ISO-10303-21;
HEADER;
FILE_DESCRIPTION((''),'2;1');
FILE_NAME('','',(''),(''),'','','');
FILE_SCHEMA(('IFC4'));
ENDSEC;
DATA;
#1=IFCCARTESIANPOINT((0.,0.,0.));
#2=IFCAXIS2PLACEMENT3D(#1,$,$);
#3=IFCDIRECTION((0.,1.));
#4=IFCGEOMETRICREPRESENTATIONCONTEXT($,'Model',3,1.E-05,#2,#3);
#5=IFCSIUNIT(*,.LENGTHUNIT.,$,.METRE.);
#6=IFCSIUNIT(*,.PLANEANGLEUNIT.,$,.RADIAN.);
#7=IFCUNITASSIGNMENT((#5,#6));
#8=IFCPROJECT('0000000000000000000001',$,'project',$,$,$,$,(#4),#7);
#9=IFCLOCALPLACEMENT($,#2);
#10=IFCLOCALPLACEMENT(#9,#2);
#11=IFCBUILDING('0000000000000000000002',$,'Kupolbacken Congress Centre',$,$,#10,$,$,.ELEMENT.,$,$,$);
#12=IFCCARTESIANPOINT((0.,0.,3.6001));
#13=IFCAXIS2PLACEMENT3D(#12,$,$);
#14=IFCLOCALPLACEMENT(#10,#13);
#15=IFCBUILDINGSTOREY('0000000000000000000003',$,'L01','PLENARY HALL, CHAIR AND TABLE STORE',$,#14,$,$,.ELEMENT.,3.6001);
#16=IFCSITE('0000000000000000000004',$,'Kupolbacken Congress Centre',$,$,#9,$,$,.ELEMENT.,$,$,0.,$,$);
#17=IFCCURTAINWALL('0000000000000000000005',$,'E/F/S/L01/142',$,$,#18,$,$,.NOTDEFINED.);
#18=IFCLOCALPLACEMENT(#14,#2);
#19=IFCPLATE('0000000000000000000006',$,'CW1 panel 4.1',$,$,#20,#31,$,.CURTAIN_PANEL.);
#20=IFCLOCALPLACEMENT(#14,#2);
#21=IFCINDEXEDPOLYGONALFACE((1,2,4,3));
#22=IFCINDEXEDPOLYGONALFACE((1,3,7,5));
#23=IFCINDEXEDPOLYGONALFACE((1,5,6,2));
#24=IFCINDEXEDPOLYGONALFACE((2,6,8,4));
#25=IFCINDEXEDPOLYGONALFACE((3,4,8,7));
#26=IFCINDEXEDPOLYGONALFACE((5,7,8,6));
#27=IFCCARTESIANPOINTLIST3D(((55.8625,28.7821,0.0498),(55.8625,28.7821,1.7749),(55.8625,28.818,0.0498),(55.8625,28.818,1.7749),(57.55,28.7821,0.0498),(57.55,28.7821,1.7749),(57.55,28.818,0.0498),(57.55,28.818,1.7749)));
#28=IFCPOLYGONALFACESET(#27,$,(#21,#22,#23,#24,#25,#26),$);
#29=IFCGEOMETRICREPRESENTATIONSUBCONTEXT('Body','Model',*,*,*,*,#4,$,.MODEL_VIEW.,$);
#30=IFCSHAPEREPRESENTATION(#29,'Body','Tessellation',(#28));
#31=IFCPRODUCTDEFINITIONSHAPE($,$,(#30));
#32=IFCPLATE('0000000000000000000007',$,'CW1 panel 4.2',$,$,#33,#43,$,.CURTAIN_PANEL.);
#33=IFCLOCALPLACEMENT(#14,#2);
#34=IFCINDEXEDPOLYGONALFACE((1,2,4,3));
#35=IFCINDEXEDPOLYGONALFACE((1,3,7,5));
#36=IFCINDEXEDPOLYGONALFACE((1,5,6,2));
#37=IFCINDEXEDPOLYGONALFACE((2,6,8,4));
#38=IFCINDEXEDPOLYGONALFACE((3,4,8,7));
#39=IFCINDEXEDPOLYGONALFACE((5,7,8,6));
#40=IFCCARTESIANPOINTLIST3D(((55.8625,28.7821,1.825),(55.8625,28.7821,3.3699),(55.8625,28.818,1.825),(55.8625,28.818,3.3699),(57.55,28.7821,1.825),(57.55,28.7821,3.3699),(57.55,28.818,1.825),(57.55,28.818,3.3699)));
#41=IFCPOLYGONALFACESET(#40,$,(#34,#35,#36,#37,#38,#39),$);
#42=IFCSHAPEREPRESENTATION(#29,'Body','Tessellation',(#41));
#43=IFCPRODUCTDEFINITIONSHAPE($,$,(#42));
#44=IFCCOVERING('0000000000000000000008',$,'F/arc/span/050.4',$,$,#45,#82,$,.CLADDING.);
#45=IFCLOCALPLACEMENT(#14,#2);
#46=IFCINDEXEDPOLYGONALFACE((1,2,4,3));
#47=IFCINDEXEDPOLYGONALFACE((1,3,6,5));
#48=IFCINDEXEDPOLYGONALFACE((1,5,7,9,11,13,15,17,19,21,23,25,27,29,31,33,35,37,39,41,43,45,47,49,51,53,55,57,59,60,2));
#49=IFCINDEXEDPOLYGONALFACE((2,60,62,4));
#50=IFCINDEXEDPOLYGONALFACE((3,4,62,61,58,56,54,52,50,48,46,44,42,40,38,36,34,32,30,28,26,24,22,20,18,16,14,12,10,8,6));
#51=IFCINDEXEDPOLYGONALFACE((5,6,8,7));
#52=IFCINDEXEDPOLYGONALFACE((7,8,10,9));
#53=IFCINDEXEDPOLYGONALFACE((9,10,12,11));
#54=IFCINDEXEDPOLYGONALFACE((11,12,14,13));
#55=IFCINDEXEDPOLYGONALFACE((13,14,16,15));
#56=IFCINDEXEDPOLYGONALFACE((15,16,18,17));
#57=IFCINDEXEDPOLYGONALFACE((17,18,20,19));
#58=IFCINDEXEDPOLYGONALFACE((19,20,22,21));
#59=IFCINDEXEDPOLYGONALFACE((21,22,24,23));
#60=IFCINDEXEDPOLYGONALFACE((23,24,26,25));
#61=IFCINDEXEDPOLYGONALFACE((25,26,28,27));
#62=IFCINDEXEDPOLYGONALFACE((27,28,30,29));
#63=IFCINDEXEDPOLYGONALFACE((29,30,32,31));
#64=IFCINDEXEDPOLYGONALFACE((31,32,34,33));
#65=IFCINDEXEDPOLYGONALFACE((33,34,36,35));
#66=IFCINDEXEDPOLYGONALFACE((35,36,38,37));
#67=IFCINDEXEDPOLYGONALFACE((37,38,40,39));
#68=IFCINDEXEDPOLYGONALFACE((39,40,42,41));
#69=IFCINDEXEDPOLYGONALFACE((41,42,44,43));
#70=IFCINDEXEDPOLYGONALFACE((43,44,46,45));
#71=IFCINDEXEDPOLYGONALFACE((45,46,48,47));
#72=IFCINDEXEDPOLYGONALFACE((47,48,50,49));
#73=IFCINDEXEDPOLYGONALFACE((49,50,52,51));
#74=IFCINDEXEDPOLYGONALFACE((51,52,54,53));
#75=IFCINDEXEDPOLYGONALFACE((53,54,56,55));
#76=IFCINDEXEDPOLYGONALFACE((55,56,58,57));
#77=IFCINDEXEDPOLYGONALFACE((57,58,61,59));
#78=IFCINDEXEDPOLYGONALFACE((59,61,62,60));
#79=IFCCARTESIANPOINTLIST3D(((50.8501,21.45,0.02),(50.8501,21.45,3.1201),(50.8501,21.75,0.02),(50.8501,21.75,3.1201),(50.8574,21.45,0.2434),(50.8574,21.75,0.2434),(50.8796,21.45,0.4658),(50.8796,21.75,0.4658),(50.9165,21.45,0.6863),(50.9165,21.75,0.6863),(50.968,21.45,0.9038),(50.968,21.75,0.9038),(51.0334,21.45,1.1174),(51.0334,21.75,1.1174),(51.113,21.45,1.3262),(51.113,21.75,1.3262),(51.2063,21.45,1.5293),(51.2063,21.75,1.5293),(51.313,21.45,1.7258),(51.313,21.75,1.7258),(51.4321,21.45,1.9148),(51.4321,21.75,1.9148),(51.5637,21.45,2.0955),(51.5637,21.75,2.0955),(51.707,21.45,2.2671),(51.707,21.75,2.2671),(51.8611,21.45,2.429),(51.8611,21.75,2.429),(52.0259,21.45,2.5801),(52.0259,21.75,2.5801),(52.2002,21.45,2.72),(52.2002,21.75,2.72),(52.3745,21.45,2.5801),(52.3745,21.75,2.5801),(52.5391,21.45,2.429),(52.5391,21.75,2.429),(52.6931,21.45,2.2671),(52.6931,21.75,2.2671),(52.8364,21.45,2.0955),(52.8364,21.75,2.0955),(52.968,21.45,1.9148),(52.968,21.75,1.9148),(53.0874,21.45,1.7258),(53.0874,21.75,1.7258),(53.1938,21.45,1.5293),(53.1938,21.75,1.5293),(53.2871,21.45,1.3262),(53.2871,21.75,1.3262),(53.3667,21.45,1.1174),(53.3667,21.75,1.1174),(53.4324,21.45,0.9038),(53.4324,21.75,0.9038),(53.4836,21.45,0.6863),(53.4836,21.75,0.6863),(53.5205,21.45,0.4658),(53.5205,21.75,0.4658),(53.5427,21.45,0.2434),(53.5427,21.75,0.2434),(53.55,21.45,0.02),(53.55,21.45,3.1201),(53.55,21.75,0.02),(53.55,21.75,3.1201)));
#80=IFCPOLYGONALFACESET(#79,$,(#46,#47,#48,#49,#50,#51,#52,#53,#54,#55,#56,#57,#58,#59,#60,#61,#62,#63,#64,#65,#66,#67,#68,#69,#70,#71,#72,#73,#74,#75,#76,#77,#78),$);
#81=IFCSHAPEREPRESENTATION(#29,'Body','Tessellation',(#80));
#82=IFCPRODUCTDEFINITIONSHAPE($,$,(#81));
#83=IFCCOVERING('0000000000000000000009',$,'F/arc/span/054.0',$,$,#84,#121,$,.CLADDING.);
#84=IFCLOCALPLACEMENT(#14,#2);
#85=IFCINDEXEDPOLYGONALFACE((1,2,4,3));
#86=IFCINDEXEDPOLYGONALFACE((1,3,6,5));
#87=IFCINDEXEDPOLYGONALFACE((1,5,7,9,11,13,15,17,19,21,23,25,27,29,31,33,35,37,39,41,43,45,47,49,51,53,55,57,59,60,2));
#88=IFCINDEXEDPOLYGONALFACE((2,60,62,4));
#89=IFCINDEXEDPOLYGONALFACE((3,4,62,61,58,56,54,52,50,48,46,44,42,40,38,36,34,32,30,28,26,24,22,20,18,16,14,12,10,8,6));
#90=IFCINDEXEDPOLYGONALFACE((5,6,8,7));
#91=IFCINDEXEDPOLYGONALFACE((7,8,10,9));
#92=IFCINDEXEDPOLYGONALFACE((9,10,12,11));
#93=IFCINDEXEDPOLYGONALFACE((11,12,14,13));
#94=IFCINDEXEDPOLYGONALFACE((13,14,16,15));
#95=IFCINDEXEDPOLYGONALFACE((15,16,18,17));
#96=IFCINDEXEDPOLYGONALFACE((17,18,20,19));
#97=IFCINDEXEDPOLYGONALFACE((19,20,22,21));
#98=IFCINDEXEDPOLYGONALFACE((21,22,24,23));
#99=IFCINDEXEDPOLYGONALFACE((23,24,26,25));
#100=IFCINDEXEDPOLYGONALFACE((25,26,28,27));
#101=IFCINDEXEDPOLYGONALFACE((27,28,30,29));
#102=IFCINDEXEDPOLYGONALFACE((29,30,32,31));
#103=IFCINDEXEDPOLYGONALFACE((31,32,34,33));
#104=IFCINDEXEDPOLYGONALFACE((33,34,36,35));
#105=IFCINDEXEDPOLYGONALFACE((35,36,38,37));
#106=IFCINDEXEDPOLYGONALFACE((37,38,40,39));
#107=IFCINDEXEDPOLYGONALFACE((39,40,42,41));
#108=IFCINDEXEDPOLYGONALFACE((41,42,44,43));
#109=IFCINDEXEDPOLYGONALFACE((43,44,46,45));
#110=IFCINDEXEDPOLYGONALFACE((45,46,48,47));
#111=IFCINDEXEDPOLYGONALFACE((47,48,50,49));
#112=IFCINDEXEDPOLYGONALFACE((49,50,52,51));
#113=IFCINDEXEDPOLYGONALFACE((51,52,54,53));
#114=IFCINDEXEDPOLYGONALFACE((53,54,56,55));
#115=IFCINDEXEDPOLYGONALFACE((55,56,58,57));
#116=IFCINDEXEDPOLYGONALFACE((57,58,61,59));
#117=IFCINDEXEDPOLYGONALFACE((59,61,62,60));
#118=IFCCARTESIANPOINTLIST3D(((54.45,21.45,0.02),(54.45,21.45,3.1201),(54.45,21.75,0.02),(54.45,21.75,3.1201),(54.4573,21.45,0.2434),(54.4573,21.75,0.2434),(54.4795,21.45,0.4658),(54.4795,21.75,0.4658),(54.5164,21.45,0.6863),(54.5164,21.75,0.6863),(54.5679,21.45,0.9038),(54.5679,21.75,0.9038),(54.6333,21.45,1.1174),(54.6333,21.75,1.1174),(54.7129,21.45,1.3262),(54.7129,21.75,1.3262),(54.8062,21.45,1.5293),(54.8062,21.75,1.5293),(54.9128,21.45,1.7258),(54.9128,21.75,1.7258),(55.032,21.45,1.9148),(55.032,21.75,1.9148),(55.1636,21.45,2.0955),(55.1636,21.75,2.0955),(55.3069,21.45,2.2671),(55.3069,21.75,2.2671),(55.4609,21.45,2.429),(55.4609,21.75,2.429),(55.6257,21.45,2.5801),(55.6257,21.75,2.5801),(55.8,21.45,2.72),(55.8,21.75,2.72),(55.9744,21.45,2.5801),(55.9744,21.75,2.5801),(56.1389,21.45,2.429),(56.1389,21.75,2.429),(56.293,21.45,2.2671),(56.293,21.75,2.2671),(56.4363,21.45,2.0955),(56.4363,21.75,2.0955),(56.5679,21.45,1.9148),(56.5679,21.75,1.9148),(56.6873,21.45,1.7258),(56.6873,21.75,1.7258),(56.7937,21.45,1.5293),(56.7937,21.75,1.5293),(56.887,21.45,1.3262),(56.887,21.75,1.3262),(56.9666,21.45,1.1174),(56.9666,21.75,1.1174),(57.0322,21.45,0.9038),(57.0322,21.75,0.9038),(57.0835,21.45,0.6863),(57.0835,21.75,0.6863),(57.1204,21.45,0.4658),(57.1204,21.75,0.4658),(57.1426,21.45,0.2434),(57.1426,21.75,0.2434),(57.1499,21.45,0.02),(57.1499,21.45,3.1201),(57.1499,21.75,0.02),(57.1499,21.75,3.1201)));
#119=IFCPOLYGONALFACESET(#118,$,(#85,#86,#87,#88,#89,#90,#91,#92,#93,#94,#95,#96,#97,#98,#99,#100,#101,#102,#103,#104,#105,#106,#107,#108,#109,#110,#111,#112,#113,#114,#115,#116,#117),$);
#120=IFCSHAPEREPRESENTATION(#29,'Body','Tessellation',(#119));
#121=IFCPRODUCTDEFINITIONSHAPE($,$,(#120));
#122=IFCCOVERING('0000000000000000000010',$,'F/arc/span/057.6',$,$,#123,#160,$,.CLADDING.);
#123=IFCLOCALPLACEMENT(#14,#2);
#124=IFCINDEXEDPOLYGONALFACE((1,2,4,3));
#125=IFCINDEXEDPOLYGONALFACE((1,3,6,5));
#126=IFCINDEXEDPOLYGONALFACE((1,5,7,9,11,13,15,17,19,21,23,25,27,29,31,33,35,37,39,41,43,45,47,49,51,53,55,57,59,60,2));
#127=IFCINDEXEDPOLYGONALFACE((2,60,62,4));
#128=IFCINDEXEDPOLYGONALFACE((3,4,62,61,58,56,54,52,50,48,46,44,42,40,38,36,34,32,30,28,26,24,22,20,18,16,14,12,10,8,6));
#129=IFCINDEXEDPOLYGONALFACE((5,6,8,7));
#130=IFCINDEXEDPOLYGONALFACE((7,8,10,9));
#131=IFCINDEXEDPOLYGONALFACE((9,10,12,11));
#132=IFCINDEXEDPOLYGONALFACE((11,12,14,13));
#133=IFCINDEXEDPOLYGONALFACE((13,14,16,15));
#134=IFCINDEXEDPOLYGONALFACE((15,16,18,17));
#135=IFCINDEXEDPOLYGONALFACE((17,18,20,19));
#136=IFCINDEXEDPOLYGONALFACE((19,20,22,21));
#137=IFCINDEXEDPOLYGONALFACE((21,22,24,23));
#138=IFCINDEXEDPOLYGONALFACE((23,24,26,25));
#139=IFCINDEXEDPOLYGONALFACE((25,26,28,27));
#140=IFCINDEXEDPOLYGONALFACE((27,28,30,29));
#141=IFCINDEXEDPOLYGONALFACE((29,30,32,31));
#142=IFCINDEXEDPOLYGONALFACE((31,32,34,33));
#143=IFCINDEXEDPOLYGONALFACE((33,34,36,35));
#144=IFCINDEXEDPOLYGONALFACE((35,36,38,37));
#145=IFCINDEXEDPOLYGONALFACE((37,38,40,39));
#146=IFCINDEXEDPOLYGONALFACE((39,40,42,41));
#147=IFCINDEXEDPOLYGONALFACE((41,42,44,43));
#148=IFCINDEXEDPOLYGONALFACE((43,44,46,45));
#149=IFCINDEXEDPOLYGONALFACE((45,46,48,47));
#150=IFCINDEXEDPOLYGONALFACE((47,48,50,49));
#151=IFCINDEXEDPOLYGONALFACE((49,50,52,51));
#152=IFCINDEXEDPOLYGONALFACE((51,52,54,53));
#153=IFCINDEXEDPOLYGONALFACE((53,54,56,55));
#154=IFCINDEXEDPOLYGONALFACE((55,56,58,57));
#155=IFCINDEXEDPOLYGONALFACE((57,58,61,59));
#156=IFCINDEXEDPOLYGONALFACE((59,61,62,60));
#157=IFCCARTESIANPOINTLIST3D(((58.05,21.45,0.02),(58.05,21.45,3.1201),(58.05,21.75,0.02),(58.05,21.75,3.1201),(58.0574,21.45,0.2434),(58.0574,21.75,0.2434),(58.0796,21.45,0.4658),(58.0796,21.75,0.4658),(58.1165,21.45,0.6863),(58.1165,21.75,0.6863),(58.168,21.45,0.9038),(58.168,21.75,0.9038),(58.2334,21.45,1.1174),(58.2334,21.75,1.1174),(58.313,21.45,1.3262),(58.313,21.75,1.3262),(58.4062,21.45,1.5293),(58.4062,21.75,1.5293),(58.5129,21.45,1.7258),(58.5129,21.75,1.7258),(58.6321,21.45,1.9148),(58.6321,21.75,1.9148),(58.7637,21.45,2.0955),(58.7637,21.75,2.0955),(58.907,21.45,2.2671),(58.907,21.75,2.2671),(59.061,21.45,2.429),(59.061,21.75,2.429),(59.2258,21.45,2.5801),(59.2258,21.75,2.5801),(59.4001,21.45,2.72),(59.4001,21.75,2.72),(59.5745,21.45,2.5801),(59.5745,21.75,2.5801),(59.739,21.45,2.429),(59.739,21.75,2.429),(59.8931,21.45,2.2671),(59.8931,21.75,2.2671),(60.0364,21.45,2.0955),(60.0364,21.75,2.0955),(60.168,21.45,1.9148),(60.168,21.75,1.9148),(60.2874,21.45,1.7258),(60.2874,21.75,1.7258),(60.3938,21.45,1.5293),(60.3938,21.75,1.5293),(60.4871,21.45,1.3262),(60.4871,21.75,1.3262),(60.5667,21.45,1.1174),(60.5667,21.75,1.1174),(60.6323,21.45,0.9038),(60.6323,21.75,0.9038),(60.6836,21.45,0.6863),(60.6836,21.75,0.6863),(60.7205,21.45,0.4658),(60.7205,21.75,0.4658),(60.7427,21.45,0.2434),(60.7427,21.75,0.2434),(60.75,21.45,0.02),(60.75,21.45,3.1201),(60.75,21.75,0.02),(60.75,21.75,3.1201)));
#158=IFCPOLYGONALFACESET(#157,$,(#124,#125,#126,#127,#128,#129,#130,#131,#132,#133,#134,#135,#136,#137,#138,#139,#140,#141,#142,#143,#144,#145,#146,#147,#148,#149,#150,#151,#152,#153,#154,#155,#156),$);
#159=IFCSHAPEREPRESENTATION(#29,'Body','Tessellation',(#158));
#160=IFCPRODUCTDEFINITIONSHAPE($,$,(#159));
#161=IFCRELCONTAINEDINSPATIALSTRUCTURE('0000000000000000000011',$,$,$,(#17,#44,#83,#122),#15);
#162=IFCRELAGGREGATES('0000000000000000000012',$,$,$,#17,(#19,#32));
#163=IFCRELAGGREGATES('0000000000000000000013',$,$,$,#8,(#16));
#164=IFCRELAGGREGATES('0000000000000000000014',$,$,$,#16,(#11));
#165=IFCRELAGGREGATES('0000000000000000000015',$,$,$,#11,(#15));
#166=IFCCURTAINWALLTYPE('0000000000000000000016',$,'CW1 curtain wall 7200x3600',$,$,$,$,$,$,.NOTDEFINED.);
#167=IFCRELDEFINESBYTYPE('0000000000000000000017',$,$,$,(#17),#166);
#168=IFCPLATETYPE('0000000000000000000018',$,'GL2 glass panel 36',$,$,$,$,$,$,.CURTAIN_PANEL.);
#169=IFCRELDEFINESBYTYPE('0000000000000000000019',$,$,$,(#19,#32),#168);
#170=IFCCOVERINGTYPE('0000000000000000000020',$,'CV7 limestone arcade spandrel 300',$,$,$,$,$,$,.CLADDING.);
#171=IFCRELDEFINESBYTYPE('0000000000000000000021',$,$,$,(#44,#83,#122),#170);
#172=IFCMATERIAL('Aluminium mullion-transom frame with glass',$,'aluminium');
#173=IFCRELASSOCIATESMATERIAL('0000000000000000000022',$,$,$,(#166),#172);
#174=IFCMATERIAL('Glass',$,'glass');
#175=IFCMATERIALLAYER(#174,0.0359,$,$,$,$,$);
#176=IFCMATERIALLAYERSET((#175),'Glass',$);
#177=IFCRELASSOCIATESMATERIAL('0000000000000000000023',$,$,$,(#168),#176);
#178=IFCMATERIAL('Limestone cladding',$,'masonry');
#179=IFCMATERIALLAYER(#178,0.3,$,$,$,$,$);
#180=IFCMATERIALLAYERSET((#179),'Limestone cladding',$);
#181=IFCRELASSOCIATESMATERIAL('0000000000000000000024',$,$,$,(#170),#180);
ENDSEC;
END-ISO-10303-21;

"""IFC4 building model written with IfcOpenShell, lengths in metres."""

from ifc_helpers import new_model, si_unit, direction, frame, origin, origin_2d, place, context, subcontext, project, spatial, polyline, rectangle, outline, extrude, material, layer, layer_set, type_object, element, aggregate, save


model = new_model("IFC4")

# Units and contexts
model_context = context("Model", 3, precision=1e-05, world=origin(), true_north=direction((0.0, 1.0)))
body_context = subcontext(model_context, "Body", "Model", "MODEL_VIEW")
ifc_project = project(units=[si_unit("LENGTHUNIT", "METRE"), si_unit("PLANEANGLEUNIT", "RADIAN")], contexts=[model_context])

# Site, building, storey
site_placement = place(None, origin())
site = spatial("IfcSite", under=ifc_project, at=site_placement, Name="Kupolbacken Congress Centre", CompositionType="ELEMENT", RefElevation=0.0)
building_placement = place(site_placement, origin())
building = spatial("IfcBuilding", under=site, at=building_placement, Name="Kupolbacken Congress Centre", CompositionType="ELEMENT")
storey_placement = place(building_placement, frame((0.0, 0.0, 3.6001)))
storey = spatial("IfcBuildingStorey", under=building, at=storey_placement, Name="L01", Description="PLENARY HALL, CHAIR AND TABLE STORE", CompositionType="ELEMENT", Elevation=3.6001)

# Curtain wall, plates
ifc_material_1 = material(Name="Aluminium mullion-transom frame with glass", Category="aluminium")
curtain_wall_type = type_object("IfcCurtainWallType", Name="CW1 curtain wall 7200x3600", PredefinedType="NOTDEFINED", material=ifc_material_1)
curtain_wall_placement = place(storey_placement, origin())
curtain_wall = element("IfcCurtainWall", 1, at=curtain_wall_placement, inside=storey, type_object=curtain_wall_type, Name="E/F/S/L01/142", PredefinedType="NOTDEFINED")
ifc_material_2 = material(Name="Glass", Category="glass")
ifc_layer_1 = layer(ifc_material_2, 0.0359)
ifc_layer_set_1 = layer_set([ifc_layer_1], Name="Glass")
plate_type = type_object("IfcPlateType", Name="GL2 glass panel 36", PredefinedType="CURTAIN_PANEL", material=ifc_layer_set_1)
plate_1_placement = place(storey_placement, frame((56.7063, 28.8, 0.0498), z_axis=(0.0, 0.0, 1.0), x_axis=(1.0, 0.0, 0.0)))
plate_1 = element("IfcPlate", 2, at=plate_1_placement, type_object=plate_type, Name="CW1 panel 4.1", PredefinedType="CURTAIN_PANEL", context=body_context, shape_type="SweptSolid", body=[
    extrude(rectangle(XDim=1.6875, YDim=0.0359, at=origin_2d()), origin(), (0.0, 0.0, 1.0), 1.7251),
])
plate_2_placement = place(storey_placement, frame((56.7063, 28.8, 1.825), z_axis=(0.0, 0.0, 1.0), x_axis=(1.0, 0.0, 0.0)))
plate_2 = element("IfcPlate", 3, at=plate_2_placement, type_object=plate_type, Name="CW1 panel 4.2", PredefinedType="CURTAIN_PANEL", context=body_context, shape_type="SweptSolid", body=[
    extrude(rectangle(XDim=1.6875, YDim=0.0359, at=origin_2d()), origin(), (0.0, 0.0, 1.0), 1.5449),
])
aggregate(curtain_wall, [plate_1, plate_2])

# Coverings
ifc_material_3 = material(Name="Limestone cladding", Category="masonry")
ifc_layer_2 = layer(ifc_material_3, 0.3)
ifc_layer_set_2 = layer_set([ifc_layer_2], Name="Limestone cladding")
covering_type = type_object("IfcCoveringType", Name="CV7 limestone arcade spandrel 300", PredefinedType="CLADDING", material=ifc_layer_set_2)
covering_1_placement = place(storey_placement, frame((50.8501, 21.45, 0.02), z_axis=(0.0, 1.0, 0.0), x_axis=(-1.0, 0.0, 0.0)))
element("IfcCovering", 4, at=covering_1_placement, inside=storey, type_object=covering_type, Name="F/arc/span/050.4", PredefinedType="CLADDING", context=body_context, shape_type="SweptSolid", body=[
    extrude(outline(polyline([(0.0, 0.0), (0.0, 3.1001), (-2.7, 3.1001), (-2.7, 0.0), (-2.6926, 0.2234), (-2.6704, 0.4458), (-2.6335, 0.6663), (-2.5823, 0.8838), (-2.5166, 1.0974), (-2.437, 1.3062), (-2.3438, 1.5093), (-2.2373, 1.7058), (-2.1179, 1.8948), (-1.9863, 2.0754), (-1.843, 2.2471), (-1.689, 2.4089), (-1.5244, 2.5601), (-1.3501, 2.7), (-1.1758, 2.5601), (-1.011, 2.4089), (-0.8569, 2.2471), (-0.7136, 2.0754), (-0.582, 1.8948), (-0.4629, 1.7058), (-0.3562, 1.5093), (-0.2629, 1.3062), (-0.1833, 1.0974), (-0.1179, 0.8838), (-0.0664, 0.6663), (-0.0295, 0.4458), (-0.0073, 0.2234), (0.0, 0.0)])), origin(), (0.0, 0.0, 1.0), 0.3),
])
covering_2_placement = place(storey_placement, frame((54.45, 21.45, 0.02), z_axis=(0.0, 1.0, 0.0), x_axis=(-1.0, 0.0, 0.0)))
element("IfcCovering", 5, at=covering_2_placement, inside=storey, type_object=covering_type, Name="F/arc/span/054.0", PredefinedType="CLADDING", context=body_context, shape_type="SweptSolid", body=[
    extrude(outline(polyline([(0.0, 0.0), (0.0, 3.1001), (-2.7, 3.1001), (-2.7, 0.0), (-2.6926, 0.2234), (-2.6704, 0.4458), (-2.6335, 0.6663), (-2.5823, 0.8838), (-2.5166, 1.0974), (-2.437, 1.3062), (-2.3438, 1.5093), (-2.2373, 1.7058), (-2.1179, 1.8948), (-1.9863, 2.0754), (-1.843, 2.2471), (-1.689, 2.4089), (-1.5244, 2.5601), (-1.3501, 2.7), (-1.1758, 2.5601), (-1.011, 2.4089), (-0.8569, 2.2471), (-0.7136, 2.0754), (-0.582, 1.8948), (-0.4629, 1.7058), (-0.3562, 1.5093), (-0.2629, 1.3062), (-0.1833, 1.0974), (-0.1179, 0.8838), (-0.0664, 0.6663), (-0.0295, 0.4458), (-0.0073, 0.2234), (0.0, 0.0)])), origin(), (0.0, 0.0, 1.0), 0.3),
])
covering_3_placement = place(storey_placement, frame((58.05, 21.45, 0.02), z_axis=(0.0, 1.0, 0.0), x_axis=(-1.0, 0.0, 0.0)))
element("IfcCovering", 6, at=covering_3_placement, inside=storey, type_object=covering_type, Name="F/arc/span/057.6", PredefinedType="CLADDING", context=body_context, shape_type="SweptSolid", body=[
    extrude(outline(polyline([(0.0, 0.0), (0.0, 3.1001), (-2.7, 3.1001), (-2.7, 0.0), (-2.6926, 0.2234), (-2.6704, 0.4458), (-2.6335, 0.6663), (-2.5823, 0.8838), (-2.5166, 1.0974), (-2.437, 1.3062), (-2.3438, 1.5093), (-2.2373, 1.7058), (-2.1179, 1.8948), (-1.9863, 2.0754), (-1.843, 2.2471), (-1.689, 2.4089), (-1.5244, 2.5601), (-1.3501, 2.7), (-1.1758, 2.5601), (-1.011, 2.4089), (-0.8569, 2.2471), (-0.7136, 2.0754), (-0.582, 1.8948), (-0.4629, 1.7058), (-0.3562, 1.5093), (-0.2629, 1.3062), (-0.1833, 1.0974), (-0.1179, 0.8838), (-0.0664, 0.6663), (-0.0295, 0.4458), (-0.0073, 0.2234), (0.0, 0.0)])), origin(), (0.0, 0.0, 1.0), 0.3),
])

save(model, "model.ifc")
